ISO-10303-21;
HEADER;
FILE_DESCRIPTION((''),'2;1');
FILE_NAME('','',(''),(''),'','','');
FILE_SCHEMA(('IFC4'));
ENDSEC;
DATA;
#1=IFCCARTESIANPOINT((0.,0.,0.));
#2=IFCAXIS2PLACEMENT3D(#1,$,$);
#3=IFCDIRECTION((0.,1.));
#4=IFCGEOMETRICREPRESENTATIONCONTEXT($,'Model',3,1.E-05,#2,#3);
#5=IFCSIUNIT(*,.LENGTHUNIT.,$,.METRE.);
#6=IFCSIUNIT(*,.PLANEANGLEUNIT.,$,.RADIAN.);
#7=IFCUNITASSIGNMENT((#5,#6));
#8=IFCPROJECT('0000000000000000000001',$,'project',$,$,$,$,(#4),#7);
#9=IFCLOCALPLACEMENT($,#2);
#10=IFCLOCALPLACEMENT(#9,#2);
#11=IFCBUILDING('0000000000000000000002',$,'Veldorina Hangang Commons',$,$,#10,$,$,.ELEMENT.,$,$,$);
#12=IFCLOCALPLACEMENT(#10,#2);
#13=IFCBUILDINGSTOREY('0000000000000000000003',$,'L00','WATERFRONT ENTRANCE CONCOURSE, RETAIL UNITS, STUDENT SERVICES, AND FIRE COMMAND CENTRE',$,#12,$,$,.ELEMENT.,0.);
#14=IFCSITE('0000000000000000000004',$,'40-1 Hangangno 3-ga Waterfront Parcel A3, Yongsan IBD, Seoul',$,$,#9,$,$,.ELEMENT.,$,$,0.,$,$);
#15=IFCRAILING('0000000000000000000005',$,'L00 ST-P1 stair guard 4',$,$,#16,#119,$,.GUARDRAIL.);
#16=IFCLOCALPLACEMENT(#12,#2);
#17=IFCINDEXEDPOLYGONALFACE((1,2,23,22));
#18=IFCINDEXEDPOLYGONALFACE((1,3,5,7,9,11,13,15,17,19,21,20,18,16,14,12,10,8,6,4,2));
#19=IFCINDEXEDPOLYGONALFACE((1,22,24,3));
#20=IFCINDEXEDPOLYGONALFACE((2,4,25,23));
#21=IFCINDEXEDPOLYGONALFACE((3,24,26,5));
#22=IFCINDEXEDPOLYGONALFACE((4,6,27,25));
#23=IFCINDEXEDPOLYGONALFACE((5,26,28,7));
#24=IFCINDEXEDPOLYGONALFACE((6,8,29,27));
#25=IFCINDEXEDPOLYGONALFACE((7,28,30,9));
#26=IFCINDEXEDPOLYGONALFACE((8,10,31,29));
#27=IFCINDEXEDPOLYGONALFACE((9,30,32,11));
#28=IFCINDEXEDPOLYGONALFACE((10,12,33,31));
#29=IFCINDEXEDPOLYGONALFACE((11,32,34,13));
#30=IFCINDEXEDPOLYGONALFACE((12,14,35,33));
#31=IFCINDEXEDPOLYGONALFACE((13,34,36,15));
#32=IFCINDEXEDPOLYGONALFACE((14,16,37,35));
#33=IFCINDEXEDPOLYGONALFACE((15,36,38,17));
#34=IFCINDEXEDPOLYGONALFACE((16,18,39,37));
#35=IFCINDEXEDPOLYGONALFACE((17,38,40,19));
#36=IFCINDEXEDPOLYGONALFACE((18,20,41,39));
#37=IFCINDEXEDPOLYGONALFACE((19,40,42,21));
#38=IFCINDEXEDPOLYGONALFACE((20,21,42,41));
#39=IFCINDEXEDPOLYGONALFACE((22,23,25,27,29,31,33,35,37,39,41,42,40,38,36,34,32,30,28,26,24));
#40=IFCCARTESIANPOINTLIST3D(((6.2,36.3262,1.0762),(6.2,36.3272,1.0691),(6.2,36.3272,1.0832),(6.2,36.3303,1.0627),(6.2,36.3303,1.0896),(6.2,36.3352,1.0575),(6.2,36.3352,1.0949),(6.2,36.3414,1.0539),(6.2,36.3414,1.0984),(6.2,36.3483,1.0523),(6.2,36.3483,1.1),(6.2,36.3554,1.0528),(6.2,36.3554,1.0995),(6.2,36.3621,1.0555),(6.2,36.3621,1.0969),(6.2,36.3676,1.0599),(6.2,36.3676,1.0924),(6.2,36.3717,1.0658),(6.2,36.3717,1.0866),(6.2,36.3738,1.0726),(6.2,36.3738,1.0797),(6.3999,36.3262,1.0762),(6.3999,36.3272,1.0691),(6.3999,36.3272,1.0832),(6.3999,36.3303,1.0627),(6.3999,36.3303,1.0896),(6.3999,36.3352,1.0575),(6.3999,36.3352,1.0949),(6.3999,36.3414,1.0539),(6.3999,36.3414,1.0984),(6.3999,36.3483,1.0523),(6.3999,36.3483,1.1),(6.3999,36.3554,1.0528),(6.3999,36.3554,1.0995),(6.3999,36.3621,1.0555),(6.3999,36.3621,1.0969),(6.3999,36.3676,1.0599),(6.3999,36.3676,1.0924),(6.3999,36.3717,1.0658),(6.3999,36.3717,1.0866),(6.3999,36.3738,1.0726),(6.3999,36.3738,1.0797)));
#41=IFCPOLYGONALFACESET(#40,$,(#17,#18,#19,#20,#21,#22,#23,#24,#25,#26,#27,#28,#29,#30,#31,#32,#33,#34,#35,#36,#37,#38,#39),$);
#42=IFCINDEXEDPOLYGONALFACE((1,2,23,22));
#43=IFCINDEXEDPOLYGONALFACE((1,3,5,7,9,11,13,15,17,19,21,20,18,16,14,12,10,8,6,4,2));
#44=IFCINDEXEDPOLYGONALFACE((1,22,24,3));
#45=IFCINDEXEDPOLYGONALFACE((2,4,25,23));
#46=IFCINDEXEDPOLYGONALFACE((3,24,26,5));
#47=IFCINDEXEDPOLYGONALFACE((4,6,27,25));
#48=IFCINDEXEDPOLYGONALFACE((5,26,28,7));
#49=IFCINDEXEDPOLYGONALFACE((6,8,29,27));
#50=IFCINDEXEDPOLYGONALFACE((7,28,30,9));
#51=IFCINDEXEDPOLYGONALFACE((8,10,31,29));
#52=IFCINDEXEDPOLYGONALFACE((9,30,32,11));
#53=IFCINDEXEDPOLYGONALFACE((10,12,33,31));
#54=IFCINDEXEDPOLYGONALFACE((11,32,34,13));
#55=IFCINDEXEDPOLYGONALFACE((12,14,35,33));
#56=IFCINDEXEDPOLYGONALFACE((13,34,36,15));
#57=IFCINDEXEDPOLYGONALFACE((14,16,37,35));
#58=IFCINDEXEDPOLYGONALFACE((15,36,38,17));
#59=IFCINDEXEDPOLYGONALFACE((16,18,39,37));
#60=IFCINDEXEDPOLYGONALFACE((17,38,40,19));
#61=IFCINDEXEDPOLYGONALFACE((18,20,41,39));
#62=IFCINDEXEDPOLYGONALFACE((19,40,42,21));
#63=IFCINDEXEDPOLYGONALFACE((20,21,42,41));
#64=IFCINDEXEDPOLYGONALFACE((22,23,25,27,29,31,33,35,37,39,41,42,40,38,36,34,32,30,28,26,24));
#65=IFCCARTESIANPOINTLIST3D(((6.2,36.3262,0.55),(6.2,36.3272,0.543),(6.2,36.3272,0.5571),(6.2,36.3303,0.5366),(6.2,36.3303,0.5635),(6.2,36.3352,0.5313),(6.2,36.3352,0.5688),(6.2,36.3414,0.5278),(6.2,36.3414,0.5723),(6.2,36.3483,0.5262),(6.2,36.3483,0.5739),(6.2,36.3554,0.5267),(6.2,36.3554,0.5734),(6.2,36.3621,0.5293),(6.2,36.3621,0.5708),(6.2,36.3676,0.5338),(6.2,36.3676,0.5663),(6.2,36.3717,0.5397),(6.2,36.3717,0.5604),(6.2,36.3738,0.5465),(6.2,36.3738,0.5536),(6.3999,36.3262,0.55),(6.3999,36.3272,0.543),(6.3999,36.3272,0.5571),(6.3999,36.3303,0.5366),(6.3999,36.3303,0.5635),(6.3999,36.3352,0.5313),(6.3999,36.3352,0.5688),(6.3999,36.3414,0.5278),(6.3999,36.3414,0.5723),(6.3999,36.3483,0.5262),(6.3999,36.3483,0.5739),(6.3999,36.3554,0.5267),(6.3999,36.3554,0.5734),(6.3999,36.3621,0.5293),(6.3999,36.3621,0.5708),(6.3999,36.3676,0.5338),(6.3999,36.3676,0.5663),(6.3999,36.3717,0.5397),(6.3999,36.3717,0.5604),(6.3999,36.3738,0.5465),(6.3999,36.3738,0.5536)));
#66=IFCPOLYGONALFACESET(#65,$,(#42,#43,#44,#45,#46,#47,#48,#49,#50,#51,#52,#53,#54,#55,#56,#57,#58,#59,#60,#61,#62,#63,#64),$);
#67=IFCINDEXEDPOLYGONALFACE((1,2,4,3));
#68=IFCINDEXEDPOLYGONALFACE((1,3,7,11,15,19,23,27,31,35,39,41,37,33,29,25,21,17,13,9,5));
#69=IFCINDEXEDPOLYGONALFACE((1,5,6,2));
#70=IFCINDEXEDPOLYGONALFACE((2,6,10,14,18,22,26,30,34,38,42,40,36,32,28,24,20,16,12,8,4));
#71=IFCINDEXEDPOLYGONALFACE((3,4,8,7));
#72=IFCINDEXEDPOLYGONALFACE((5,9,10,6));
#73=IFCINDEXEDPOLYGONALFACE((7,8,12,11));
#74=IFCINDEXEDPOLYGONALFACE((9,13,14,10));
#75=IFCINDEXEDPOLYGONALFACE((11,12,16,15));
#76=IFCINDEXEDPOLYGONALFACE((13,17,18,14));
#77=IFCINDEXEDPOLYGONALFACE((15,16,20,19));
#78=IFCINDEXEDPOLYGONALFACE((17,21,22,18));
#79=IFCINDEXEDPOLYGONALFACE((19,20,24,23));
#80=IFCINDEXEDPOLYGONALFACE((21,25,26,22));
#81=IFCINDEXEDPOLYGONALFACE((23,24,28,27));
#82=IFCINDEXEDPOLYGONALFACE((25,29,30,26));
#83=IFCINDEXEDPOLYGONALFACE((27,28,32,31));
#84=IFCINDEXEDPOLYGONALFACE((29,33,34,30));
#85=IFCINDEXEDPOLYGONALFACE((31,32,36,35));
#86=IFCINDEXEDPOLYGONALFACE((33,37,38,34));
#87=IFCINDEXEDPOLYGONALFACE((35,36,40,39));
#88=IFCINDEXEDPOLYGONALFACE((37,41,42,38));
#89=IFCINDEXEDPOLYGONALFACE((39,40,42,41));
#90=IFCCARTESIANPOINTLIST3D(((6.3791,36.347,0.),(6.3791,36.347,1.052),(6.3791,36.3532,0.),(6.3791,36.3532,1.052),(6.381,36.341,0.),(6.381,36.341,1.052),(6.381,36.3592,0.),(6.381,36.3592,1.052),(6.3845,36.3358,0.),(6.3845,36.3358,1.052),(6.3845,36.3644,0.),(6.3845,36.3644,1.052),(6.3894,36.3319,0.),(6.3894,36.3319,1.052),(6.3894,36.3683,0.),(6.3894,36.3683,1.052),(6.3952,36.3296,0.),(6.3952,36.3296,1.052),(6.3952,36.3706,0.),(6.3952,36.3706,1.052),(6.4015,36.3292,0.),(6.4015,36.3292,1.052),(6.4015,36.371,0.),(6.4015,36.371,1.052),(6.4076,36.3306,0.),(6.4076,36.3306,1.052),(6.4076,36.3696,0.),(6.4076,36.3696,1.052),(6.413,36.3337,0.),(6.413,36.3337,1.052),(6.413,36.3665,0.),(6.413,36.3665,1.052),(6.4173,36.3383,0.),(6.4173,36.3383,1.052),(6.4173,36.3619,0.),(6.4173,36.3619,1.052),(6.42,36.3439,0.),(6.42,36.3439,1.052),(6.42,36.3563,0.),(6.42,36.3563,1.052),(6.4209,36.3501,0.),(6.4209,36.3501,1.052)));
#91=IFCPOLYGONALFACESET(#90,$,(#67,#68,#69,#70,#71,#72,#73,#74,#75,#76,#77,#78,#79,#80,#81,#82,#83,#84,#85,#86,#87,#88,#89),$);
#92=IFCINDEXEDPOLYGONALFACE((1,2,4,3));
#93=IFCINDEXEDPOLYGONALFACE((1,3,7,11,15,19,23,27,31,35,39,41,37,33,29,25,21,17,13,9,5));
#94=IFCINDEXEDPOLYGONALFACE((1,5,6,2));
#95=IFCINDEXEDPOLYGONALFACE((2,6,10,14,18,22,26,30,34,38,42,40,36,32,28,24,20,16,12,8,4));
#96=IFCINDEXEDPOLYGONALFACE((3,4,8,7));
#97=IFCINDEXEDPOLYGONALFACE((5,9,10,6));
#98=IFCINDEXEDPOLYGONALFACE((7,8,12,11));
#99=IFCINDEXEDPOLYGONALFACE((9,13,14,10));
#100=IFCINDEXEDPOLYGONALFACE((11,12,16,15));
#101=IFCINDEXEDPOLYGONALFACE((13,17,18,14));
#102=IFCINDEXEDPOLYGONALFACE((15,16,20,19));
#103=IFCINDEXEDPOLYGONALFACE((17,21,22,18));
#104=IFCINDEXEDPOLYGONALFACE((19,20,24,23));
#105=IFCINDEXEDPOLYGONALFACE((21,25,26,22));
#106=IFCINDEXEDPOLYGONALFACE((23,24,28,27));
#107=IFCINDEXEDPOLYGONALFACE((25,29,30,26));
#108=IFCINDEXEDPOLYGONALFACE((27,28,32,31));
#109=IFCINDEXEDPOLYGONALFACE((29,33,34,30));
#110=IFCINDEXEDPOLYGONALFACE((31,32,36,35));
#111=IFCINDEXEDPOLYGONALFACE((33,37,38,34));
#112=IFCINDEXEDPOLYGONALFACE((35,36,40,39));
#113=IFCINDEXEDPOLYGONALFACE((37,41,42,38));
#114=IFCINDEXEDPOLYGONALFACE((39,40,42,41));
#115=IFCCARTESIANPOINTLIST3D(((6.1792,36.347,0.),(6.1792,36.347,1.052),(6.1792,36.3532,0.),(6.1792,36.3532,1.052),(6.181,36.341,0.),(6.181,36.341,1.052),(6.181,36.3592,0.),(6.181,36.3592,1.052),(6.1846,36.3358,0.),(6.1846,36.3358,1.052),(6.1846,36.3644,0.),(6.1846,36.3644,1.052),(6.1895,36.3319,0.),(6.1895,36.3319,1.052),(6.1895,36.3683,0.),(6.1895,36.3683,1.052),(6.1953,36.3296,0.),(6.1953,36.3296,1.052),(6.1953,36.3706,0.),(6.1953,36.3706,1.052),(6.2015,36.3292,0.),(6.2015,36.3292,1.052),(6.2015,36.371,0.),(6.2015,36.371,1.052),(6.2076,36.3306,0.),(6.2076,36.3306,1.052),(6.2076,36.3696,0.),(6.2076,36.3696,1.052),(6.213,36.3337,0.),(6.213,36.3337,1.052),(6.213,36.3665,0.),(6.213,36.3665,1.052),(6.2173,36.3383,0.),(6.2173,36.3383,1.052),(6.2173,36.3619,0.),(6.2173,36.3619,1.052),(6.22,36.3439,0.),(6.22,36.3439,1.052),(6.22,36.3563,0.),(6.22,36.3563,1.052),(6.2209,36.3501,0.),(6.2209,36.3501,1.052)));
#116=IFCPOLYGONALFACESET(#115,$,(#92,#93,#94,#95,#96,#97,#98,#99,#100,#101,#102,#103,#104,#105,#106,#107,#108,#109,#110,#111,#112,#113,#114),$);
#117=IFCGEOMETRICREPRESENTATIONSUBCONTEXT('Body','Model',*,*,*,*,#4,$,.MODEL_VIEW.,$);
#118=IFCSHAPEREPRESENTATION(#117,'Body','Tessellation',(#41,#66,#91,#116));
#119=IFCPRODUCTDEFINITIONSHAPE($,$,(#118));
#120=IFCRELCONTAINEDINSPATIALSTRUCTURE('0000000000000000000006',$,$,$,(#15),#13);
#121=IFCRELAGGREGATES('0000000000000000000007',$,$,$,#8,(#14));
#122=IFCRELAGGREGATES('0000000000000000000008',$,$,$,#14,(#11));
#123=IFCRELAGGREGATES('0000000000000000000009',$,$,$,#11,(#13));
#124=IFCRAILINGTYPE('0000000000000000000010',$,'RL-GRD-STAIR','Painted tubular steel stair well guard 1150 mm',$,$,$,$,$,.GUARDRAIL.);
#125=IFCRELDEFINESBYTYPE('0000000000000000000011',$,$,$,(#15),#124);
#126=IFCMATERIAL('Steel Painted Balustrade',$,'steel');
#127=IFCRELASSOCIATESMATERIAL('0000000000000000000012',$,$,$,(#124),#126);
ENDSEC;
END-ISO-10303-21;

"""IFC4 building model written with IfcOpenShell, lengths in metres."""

from ifc_helpers import new_model, si_unit, direction, frame, origin, origin_2d, place, context, subcontext, project, spatial, circle, extrude, material, type_object, element, save


model = new_model("IFC4")

# Units and contexts
model_context = context("Model", 3, precision=1e-05, world=origin(), true_north=direction((0.0, 1.0)))
body_context = subcontext(model_context, "Body", "Model", "MODEL_VIEW")
ifc_project = project(units=[si_unit("LENGTHUNIT", "METRE"), si_unit("PLANEANGLEUNIT", "RADIAN")], contexts=[model_context])

# Site, building, storey
site_placement = place(None, origin())
site = spatial("IfcSite", under=ifc_project, at=site_placement, Name="40-1 Hangangno 3-ga Waterfront Parcel A3, Yongsan IBD, Seoul", CompositionType="ELEMENT", RefElevation=0.0)
building_placement = place(site_placement, origin())
building = spatial("IfcBuilding", under=site, at=building_placement, Name="Veldorina Hangang Commons", CompositionType="ELEMENT")
storey_placement = place(building_placement, origin())
storey = spatial("IfcBuildingStorey", under=building, at=storey_placement, Name="L00", Description="WATERFRONT ENTRANCE CONCOURSE, RETAIL UNITS, STUDENT SERVICES, AND FIRE COMMAND CENTRE", CompositionType="ELEMENT", Elevation=0.0)

# Railing
ifc_material_1 = material(Name="Steel Painted Balustrade", Category="steel")
railing_type_1 = type_object("IfcRailingType", Name="RL-GRD-STAIR", Description="Painted tubular steel stair well guard 1150 mm", PredefinedType="GUARDRAIL", material=ifc_material_1)
railing_1_placement = place(storey_placement, frame((6.3999, 36.3501, 0.0)))
element("IfcRailing", 1, at=railing_1_placement, inside=storey, type_object=railing_type_1, Name="L00 ST-P1 stair guard 4", PredefinedType="GUARDRAIL", context=body_context, shape_type="SweptSolid", body=[
    extrude(circle(Radius=0.0239, at=origin_2d()), frame((0.0, 0.0, 1.0762), z_axis=(-1.0, 0.0, 0.0), x_axis=(0.0, -1.0, 0.0)), (0.0, 0.0, 1.0), 0.2),
    extrude(circle(Radius=0.0239, at=origin_2d()), frame((0.0, 0.0, 0.55), z_axis=(-1.0, 0.0, 0.0), x_axis=(0.0, -1.0, 0.0)), (0.0, 0.0, 1.0), 0.2),
    extrude(circle(Radius=0.021, at=origin_2d()), origin(), (0.0, 0.0, 1.0), 1.052),
    extrude(circle(Radius=0.021, at=origin_2d()), frame((-0.2, 0.0, 0.0)), (0.0, 0.0, 1.0), 1.052),
])

save(model, "model.ifc")
